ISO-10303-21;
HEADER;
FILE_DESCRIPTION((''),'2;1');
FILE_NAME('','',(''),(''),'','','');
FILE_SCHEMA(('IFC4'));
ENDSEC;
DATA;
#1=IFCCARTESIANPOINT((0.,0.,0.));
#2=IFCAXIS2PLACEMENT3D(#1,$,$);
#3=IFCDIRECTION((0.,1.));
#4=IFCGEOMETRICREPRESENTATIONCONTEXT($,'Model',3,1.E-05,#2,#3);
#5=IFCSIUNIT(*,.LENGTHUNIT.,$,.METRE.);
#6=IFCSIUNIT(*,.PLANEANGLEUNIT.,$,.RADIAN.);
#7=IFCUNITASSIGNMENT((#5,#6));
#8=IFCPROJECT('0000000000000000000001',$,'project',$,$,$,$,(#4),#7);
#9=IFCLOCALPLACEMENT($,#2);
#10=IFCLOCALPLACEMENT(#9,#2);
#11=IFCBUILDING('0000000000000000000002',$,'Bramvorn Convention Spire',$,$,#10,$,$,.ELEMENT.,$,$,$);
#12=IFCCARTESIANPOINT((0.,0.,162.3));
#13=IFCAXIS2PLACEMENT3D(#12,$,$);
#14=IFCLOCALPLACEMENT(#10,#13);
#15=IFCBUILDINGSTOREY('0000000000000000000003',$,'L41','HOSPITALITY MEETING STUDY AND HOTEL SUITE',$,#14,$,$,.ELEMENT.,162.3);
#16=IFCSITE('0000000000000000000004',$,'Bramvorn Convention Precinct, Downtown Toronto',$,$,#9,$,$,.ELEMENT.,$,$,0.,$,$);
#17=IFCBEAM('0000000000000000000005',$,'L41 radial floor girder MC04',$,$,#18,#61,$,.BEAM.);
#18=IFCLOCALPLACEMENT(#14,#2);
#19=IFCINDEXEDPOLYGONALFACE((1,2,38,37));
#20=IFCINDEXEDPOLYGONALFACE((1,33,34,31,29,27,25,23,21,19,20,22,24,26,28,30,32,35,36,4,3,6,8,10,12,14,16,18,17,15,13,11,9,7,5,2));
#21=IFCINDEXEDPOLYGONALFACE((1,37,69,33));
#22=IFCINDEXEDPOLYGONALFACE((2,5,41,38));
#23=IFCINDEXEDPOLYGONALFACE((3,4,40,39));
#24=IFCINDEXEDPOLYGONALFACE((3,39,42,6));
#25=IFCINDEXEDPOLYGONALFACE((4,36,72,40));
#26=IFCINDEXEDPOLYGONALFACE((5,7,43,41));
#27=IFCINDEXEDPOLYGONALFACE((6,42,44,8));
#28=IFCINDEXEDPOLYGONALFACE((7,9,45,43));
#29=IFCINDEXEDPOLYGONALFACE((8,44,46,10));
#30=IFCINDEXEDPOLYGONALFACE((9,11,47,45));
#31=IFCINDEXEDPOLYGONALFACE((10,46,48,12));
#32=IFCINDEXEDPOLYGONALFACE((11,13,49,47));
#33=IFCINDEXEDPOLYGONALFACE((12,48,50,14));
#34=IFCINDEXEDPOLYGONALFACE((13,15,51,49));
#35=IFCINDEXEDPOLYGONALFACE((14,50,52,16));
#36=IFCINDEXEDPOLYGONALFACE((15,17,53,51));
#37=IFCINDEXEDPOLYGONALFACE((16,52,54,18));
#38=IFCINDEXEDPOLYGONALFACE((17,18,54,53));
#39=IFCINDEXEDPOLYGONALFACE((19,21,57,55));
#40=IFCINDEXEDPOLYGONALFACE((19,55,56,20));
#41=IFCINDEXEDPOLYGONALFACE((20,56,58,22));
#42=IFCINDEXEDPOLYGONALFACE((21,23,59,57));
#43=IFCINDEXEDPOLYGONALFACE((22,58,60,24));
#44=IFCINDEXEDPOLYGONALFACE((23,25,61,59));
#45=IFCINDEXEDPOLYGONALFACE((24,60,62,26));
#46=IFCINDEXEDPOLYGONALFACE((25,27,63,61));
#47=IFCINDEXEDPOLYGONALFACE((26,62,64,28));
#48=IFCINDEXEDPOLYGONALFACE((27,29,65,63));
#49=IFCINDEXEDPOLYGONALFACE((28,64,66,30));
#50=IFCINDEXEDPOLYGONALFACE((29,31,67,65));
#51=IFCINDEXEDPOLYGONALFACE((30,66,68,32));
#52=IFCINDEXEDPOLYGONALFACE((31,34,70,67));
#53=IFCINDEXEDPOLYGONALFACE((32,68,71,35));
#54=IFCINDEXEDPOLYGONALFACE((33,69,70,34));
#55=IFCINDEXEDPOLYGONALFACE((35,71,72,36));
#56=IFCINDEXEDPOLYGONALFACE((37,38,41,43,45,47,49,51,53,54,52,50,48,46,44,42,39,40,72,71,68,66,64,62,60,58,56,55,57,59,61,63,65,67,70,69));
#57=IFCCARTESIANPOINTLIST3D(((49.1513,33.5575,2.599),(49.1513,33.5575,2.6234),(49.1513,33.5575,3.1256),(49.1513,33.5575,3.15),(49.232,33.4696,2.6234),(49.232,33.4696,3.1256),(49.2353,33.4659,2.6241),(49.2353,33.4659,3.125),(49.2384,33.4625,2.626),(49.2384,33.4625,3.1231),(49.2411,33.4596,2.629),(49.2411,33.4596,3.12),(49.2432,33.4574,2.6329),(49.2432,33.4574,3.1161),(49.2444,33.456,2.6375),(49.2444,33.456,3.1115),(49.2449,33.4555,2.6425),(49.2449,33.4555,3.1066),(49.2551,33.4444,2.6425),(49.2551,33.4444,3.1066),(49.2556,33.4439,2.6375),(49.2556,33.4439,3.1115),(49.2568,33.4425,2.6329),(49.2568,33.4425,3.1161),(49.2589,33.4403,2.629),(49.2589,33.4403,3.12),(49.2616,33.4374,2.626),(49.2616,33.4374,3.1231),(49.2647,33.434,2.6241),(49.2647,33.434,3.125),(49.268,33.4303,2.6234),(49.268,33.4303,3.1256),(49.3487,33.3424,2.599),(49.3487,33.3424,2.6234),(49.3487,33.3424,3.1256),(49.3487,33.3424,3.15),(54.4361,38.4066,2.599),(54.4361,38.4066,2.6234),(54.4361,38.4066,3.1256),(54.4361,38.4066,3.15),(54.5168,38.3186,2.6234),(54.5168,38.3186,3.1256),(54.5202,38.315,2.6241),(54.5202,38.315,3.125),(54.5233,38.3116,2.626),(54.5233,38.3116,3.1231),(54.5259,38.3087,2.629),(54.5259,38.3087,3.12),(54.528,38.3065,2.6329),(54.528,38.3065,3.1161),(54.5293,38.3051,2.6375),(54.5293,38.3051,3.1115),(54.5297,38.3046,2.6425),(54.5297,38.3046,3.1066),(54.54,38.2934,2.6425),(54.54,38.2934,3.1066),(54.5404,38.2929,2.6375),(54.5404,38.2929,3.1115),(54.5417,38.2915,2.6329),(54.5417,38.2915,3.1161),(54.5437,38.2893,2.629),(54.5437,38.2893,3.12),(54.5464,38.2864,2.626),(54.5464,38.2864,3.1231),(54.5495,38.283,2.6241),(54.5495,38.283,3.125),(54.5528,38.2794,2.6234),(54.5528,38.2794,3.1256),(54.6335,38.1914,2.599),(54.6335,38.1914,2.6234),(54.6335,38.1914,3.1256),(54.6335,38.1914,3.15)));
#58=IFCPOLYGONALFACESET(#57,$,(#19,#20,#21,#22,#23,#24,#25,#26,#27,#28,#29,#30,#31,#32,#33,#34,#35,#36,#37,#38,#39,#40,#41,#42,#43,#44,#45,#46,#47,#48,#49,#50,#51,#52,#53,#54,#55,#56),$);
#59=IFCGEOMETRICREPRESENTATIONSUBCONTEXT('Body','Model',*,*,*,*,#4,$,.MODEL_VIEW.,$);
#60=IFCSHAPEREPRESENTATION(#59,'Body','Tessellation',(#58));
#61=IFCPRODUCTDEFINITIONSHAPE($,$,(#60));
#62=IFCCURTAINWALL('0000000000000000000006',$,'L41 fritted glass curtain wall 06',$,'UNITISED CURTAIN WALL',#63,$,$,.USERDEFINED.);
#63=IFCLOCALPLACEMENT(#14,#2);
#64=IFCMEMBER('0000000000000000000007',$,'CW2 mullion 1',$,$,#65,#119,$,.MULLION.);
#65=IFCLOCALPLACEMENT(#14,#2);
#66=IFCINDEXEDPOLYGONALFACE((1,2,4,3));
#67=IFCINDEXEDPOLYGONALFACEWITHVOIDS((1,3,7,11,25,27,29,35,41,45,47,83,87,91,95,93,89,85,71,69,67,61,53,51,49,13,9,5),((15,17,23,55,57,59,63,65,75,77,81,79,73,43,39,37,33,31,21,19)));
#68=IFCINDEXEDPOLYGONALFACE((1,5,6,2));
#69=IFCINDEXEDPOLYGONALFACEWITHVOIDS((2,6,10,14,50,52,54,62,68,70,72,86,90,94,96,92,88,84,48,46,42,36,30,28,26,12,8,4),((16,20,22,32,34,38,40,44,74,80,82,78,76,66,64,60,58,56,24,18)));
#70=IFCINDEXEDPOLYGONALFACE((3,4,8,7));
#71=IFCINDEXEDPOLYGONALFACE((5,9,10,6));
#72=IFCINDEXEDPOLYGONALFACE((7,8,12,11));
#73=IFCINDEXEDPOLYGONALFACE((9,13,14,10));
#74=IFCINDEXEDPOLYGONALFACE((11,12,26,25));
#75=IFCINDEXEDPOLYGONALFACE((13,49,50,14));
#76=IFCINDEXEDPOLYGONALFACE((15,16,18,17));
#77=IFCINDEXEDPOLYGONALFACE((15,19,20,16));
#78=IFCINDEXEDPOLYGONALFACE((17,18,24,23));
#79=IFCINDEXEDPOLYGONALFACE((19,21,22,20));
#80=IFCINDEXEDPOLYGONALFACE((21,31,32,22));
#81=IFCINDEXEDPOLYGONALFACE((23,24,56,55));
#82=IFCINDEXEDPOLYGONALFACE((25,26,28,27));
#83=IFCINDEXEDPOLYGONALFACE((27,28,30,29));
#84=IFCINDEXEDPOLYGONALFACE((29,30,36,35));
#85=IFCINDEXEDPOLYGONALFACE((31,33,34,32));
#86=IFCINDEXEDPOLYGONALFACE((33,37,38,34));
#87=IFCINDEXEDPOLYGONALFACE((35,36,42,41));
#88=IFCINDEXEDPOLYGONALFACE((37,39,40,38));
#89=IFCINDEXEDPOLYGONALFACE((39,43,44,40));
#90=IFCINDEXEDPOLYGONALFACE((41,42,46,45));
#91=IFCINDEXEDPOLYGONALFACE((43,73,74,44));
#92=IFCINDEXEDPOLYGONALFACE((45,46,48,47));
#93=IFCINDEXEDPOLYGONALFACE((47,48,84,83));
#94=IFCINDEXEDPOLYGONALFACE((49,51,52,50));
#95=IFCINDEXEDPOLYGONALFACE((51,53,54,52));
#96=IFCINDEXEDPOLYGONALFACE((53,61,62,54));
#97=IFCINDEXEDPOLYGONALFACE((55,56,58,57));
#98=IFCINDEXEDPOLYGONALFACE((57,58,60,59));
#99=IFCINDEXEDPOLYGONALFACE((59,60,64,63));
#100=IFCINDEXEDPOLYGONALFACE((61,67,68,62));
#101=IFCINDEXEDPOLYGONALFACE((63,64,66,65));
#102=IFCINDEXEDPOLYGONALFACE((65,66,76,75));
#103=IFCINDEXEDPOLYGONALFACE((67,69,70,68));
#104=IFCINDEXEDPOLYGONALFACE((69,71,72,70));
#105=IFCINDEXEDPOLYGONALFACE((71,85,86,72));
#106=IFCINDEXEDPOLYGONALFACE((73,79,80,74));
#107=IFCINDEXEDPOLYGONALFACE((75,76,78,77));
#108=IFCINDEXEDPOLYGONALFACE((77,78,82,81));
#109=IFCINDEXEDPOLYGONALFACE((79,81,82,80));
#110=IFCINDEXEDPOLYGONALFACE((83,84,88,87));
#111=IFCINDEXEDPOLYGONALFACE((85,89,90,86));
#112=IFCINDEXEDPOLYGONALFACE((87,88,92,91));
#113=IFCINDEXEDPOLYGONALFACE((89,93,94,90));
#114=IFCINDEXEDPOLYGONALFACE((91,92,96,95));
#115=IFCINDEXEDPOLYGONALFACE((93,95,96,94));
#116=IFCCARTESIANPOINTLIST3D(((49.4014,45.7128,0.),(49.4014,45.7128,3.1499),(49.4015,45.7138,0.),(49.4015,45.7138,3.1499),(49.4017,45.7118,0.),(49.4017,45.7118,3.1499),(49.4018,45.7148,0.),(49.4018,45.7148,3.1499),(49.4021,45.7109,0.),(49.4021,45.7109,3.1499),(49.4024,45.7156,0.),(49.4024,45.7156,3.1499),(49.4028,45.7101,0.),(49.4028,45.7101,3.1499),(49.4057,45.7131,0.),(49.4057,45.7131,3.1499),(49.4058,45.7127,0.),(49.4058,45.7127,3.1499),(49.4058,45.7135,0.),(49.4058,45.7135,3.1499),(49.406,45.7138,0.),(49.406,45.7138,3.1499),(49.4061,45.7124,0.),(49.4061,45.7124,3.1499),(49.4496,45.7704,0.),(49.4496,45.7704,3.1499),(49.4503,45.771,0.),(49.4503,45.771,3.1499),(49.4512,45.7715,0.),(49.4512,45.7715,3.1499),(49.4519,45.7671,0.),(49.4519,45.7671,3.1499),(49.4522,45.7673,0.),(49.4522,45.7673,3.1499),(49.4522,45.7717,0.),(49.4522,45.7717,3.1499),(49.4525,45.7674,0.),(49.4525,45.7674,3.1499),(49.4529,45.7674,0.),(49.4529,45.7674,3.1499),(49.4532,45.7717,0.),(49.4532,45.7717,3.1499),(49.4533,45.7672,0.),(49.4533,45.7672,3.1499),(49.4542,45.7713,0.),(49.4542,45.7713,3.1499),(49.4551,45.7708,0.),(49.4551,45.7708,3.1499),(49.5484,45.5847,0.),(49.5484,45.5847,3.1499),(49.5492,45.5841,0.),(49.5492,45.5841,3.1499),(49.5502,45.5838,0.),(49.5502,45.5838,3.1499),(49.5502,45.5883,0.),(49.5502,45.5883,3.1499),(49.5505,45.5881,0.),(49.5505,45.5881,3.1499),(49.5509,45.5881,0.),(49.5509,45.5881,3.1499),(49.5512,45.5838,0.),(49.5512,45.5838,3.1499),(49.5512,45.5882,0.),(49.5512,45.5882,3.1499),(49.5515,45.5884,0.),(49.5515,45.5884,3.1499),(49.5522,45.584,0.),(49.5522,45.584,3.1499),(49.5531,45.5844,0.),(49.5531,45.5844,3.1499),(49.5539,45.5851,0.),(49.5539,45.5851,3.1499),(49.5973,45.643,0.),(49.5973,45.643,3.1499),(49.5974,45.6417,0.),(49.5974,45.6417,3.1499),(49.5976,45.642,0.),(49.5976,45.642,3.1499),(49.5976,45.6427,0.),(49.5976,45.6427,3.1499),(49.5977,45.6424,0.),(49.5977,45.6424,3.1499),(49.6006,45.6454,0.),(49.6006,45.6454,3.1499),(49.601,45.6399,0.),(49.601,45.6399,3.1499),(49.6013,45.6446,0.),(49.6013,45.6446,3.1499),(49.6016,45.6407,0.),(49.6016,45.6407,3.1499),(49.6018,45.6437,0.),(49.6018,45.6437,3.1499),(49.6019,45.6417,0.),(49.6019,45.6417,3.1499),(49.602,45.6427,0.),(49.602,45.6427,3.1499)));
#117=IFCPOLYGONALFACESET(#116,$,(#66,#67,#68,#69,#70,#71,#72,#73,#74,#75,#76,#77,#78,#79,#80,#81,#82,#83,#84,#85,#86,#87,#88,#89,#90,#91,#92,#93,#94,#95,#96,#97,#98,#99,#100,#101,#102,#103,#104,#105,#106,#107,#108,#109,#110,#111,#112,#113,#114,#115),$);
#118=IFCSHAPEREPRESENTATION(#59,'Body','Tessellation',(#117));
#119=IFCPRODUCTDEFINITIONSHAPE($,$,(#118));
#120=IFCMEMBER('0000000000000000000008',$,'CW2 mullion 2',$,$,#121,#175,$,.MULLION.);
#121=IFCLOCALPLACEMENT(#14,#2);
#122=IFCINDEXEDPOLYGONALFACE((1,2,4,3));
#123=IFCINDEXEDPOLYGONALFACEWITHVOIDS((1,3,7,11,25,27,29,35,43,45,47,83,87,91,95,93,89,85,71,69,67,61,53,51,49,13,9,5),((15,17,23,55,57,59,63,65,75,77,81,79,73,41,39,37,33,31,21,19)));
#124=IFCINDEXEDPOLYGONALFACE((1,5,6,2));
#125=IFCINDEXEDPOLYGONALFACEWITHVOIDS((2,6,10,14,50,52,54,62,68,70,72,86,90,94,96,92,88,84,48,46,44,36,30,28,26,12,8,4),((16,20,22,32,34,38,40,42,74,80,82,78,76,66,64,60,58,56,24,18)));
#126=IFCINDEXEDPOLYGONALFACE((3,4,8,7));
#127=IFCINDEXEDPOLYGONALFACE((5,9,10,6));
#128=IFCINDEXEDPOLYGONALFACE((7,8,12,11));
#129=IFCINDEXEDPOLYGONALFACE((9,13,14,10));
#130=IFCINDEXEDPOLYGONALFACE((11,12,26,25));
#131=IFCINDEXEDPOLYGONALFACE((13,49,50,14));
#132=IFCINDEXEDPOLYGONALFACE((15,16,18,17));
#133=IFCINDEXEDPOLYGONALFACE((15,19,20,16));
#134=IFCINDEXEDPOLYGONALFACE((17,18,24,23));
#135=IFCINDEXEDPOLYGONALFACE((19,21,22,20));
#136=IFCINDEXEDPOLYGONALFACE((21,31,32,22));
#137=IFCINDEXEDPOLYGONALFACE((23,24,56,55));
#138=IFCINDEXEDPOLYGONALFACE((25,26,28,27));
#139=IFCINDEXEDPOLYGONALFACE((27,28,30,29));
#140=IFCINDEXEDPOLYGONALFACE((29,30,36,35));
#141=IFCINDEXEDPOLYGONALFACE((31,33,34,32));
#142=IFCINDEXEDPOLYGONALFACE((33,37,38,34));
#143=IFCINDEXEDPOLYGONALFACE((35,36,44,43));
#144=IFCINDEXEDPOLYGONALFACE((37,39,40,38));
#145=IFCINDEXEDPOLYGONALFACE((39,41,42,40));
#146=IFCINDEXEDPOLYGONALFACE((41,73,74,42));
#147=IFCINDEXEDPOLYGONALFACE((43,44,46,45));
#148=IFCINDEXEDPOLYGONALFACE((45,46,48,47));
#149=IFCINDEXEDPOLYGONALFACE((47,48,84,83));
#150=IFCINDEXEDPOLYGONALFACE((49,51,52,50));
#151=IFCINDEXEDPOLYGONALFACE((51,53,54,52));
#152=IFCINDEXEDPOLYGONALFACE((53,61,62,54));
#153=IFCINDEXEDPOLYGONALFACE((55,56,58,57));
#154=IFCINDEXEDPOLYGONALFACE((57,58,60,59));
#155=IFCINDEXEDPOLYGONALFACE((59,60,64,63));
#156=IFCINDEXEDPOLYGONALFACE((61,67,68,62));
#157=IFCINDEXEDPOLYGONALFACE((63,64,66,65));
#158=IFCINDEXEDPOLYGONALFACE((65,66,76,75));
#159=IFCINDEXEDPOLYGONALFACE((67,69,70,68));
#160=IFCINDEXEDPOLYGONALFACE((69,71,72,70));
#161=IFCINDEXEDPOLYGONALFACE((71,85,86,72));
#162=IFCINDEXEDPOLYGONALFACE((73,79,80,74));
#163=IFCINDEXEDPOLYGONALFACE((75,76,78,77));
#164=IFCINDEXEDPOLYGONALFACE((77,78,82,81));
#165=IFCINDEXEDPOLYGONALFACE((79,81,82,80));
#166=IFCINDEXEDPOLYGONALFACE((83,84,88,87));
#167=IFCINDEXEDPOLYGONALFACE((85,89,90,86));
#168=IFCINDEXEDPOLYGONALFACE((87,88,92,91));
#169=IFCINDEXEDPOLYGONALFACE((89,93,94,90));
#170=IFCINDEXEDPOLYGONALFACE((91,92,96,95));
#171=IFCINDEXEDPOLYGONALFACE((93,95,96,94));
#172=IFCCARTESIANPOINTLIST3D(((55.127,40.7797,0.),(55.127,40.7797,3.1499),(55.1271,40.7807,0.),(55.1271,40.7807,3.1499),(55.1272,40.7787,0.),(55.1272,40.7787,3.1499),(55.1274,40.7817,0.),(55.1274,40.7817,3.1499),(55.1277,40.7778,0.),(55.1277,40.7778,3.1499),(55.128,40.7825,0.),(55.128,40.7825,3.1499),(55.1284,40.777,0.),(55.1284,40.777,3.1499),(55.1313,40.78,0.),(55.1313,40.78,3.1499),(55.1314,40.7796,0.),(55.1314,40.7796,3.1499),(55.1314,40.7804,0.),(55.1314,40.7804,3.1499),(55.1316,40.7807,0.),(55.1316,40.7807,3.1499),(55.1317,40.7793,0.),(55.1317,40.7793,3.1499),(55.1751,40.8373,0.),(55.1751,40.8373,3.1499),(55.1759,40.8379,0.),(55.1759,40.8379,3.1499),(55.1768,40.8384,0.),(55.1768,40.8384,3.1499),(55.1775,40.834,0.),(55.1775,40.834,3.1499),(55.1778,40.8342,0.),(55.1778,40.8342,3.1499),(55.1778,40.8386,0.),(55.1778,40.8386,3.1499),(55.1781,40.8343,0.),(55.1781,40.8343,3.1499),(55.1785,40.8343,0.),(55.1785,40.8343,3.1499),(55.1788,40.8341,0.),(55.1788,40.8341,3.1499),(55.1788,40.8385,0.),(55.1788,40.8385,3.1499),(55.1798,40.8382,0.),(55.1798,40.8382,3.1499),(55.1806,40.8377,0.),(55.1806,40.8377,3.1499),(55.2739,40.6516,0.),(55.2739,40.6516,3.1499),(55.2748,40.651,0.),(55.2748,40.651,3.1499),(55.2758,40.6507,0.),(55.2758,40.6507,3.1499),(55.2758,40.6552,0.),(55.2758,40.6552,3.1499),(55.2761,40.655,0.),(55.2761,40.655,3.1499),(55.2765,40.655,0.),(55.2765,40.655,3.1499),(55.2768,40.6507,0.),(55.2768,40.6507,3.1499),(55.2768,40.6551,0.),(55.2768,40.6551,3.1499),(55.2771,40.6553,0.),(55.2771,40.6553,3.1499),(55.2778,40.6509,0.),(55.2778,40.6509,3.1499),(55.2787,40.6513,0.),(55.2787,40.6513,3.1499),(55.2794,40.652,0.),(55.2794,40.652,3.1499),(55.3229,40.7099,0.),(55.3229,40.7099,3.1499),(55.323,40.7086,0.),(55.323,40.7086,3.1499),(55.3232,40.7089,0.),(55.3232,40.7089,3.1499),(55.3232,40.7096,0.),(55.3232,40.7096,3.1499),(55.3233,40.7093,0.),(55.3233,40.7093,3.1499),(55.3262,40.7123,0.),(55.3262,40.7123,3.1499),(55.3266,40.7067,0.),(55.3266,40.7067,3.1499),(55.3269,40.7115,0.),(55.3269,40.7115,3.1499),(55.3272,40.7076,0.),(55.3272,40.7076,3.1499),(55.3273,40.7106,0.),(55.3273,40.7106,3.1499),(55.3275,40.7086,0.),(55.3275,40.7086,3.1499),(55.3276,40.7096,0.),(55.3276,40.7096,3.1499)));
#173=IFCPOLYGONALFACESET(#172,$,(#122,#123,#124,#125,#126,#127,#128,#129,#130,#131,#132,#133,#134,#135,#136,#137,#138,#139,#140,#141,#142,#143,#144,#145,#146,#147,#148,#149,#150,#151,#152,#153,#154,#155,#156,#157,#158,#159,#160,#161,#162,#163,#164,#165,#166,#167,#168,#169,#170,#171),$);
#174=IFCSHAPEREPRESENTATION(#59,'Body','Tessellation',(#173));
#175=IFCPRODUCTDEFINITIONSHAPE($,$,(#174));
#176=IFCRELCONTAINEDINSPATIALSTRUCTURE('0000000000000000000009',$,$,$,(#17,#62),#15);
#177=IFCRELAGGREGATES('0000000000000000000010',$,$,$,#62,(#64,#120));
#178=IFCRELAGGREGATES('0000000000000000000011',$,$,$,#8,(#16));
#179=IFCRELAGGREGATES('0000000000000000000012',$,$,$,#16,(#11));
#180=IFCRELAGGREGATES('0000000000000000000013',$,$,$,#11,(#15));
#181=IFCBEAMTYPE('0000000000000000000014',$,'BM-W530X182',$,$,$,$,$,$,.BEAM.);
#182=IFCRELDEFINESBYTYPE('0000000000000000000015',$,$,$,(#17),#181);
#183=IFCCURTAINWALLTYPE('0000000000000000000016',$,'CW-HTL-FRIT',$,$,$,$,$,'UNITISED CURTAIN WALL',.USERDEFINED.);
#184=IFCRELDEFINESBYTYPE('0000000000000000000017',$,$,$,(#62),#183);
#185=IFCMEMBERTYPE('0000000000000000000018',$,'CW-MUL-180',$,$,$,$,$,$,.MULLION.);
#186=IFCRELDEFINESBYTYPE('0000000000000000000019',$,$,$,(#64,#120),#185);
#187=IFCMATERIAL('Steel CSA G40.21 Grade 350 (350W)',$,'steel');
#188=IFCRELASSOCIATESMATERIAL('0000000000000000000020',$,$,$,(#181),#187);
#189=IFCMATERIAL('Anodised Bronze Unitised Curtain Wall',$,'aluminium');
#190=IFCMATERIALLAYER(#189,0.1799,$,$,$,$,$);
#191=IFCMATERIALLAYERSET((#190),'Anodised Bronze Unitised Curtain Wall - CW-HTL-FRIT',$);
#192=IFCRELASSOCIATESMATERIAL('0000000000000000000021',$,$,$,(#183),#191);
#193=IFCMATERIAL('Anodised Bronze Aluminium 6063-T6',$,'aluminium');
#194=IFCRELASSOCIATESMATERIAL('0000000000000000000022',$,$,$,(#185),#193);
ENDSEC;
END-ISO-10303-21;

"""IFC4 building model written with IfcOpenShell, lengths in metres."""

from ifc_helpers import new_model, si_unit, direction, frame, origin, origin_2d, place, context, subcontext, project, spatial, hollow_rectangle, i_section, extrude, material, layer, layer_set, material_profile, profile_set, type_object, element, aggregate, save


model = new_model("IFC4")

# Units and contexts
model_context = context("Model", 3, precision=1e-05, world=origin(), true_north=direction((0.0, 1.0)))
body_context = subcontext(model_context, "Body", "Model", "MODEL_VIEW")
ifc_project = project(units=[si_unit("LENGTHUNIT", "METRE"), si_unit("PLANEANGLEUNIT", "RADIAN")], contexts=[model_context])

# Site, building, storey
site_placement = place(None, origin())
site = spatial("IfcSite", under=ifc_project, at=site_placement, Name="Bramvorn Convention Precinct, Downtown Toronto", CompositionType="ELEMENT", RefElevation=0.0)
building_placement = place(site_placement, origin())
building = spatial("IfcBuilding", under=site, at=building_placement, Name="Bramvorn Convention Spire", CompositionType="ELEMENT")
storey_placement = place(building_placement, frame((0.0, 0.0, 162.3)))
storey = spatial("IfcBuildingStorey", under=building, at=storey_placement, Name="L41", Description="HOSPITALITY MEETING STUDY AND HOTEL SUITE", CompositionType="ELEMENT", Elevation=162.3)

# Shared definitions
ifc_material_1 = material(Name="Steel CSA G40.21 Grade 350 (350W)", Category="steel")

# Beam
ifc_material_profile_1 = material_profile(ifc_material_1, i_section(OverallWidth=0.292, OverallDepth=0.551, WebThickness=0.0151, FlangeThickness=0.0244, FilletRadius=0.019, at=origin_2d()))
ifc_profile_set_1 = profile_set([ifc_material_profile_1], Name="Steel CSA G40.21 Grade 350 (350W) - W530X182")
beam_type_1 = type_object("IfcBeamType", Name="BM-W530X182", PredefinedType="BEAM", material=ifc_profile_set_1)
beam_1_placement = place(storey_placement, frame((49.25, 33.45, 2.8745), z_axis=(0.736833, 0.676074, 0.0), x_axis=(-0.676074, 0.736833, 0.0)))
element("IfcBeam", 1, at=beam_1_placement, inside=storey, type_object=beam_type_1, Name="L41 radial floor girder MC04", PredefinedType="BEAM", context=body_context, shape_type="SweptSolid", body=[
    extrude(i_section(OverallWidth=0.292, OverallDepth=0.551, WebThickness=0.0151, FlangeThickness=0.0244, FilletRadius=0.019, at=origin_2d()), origin(), (0.0, 0.0, 1.0), 7.1724),
])

# Curtain wall, members
ifc_material_2 = material(Name="Anodised Bronze Unitised Curtain Wall", Category="aluminium")
ifc_layer_1 = layer(ifc_material_2, 0.1799)
ifc_layer_set_1 = layer_set([ifc_layer_1], Name="Anodised Bronze Unitised Curtain Wall - CW-HTL-FRIT")
curtain_wall_type = type_object("IfcCurtainWallType", Name="CW-HTL-FRIT", ElementType="UNITISED CURTAIN WALL", PredefinedType="USERDEFINED", material=ifc_layer_set_1)
curtain_wall_1_placement = place(storey_placement, origin())
curtain_wall_1 = element("IfcCurtainWall", 2, at=curtain_wall_1_placement, inside=storey, type_object=curtain_wall_type, Name="L41 fritted glass curtain wall 06", ObjectType="UNITISED CURTAIN WALL", PredefinedType="USERDEFINED")
ifc_material_3 = material(Name="Anodised Bronze Aluminium 6063-T6", Category="aluminium")
ifc_material_profile_2 = material_profile(ifc_material_3, hollow_rectangle(XDim=0.0801, YDim=0.2, WallThickness=0.0039, InnerFilletRadius=0.001, OuterFilletRadius=0.0039, at=origin_2d()))
ifc_profile_set_2 = profile_set([ifc_material_profile_2], Name="Anodised Bronze Aluminium 6063-T6 - CWM80X200")
member_type_1 = type_object("IfcMemberType", Name="CW-MUL-180", PredefinedType="MULLION", material=ifc_profile_set_2)
member_1_placement = place(storey_placement, frame((49.5017, 45.6777, 0.0), z_axis=(0.0, 0.0, 1.0), x_axis=(0.652735, 0.757586, 0.0)))
member_1 = element("IfcMember", 3, at=member_1_placement, type_object=member_type_1, Name="CW2 mullion 1", PredefinedType="MULLION", context=body_context, shape_type="SweptSolid", body=[
    extrude(hollow_rectangle(XDim=0.0801, YDim=0.2, WallThickness=0.0039, InnerFilletRadius=0.001, OuterFilletRadius=0.0039, at=origin_2d()), origin(), (0.0, 0.0, 1.0), 3.1499),
])
member_2_placement = place(storey_placement, frame((55.2273, 40.7446, 0.0), z_axis=(0.0, 0.0, 1.0), x_axis=(0.652735, 0.757586, 0.0)))
member_2 = element("IfcMember", 4, at=member_2_placement, type_object=member_type_1, Name="CW2 mullion 2", PredefinedType="MULLION", context=body_context, shape_type="SweptSolid", body=[
    extrude(hollow_rectangle(XDim=0.0801, YDim=0.2, WallThickness=0.0039, InnerFilletRadius=0.001, OuterFilletRadius=0.0039, at=origin_2d()), origin(), (0.0, 0.0, 1.0), 3.1499),
])

aggregate(curtain_wall_1, [member_1, member_2])

save(model, "model.ifc")
